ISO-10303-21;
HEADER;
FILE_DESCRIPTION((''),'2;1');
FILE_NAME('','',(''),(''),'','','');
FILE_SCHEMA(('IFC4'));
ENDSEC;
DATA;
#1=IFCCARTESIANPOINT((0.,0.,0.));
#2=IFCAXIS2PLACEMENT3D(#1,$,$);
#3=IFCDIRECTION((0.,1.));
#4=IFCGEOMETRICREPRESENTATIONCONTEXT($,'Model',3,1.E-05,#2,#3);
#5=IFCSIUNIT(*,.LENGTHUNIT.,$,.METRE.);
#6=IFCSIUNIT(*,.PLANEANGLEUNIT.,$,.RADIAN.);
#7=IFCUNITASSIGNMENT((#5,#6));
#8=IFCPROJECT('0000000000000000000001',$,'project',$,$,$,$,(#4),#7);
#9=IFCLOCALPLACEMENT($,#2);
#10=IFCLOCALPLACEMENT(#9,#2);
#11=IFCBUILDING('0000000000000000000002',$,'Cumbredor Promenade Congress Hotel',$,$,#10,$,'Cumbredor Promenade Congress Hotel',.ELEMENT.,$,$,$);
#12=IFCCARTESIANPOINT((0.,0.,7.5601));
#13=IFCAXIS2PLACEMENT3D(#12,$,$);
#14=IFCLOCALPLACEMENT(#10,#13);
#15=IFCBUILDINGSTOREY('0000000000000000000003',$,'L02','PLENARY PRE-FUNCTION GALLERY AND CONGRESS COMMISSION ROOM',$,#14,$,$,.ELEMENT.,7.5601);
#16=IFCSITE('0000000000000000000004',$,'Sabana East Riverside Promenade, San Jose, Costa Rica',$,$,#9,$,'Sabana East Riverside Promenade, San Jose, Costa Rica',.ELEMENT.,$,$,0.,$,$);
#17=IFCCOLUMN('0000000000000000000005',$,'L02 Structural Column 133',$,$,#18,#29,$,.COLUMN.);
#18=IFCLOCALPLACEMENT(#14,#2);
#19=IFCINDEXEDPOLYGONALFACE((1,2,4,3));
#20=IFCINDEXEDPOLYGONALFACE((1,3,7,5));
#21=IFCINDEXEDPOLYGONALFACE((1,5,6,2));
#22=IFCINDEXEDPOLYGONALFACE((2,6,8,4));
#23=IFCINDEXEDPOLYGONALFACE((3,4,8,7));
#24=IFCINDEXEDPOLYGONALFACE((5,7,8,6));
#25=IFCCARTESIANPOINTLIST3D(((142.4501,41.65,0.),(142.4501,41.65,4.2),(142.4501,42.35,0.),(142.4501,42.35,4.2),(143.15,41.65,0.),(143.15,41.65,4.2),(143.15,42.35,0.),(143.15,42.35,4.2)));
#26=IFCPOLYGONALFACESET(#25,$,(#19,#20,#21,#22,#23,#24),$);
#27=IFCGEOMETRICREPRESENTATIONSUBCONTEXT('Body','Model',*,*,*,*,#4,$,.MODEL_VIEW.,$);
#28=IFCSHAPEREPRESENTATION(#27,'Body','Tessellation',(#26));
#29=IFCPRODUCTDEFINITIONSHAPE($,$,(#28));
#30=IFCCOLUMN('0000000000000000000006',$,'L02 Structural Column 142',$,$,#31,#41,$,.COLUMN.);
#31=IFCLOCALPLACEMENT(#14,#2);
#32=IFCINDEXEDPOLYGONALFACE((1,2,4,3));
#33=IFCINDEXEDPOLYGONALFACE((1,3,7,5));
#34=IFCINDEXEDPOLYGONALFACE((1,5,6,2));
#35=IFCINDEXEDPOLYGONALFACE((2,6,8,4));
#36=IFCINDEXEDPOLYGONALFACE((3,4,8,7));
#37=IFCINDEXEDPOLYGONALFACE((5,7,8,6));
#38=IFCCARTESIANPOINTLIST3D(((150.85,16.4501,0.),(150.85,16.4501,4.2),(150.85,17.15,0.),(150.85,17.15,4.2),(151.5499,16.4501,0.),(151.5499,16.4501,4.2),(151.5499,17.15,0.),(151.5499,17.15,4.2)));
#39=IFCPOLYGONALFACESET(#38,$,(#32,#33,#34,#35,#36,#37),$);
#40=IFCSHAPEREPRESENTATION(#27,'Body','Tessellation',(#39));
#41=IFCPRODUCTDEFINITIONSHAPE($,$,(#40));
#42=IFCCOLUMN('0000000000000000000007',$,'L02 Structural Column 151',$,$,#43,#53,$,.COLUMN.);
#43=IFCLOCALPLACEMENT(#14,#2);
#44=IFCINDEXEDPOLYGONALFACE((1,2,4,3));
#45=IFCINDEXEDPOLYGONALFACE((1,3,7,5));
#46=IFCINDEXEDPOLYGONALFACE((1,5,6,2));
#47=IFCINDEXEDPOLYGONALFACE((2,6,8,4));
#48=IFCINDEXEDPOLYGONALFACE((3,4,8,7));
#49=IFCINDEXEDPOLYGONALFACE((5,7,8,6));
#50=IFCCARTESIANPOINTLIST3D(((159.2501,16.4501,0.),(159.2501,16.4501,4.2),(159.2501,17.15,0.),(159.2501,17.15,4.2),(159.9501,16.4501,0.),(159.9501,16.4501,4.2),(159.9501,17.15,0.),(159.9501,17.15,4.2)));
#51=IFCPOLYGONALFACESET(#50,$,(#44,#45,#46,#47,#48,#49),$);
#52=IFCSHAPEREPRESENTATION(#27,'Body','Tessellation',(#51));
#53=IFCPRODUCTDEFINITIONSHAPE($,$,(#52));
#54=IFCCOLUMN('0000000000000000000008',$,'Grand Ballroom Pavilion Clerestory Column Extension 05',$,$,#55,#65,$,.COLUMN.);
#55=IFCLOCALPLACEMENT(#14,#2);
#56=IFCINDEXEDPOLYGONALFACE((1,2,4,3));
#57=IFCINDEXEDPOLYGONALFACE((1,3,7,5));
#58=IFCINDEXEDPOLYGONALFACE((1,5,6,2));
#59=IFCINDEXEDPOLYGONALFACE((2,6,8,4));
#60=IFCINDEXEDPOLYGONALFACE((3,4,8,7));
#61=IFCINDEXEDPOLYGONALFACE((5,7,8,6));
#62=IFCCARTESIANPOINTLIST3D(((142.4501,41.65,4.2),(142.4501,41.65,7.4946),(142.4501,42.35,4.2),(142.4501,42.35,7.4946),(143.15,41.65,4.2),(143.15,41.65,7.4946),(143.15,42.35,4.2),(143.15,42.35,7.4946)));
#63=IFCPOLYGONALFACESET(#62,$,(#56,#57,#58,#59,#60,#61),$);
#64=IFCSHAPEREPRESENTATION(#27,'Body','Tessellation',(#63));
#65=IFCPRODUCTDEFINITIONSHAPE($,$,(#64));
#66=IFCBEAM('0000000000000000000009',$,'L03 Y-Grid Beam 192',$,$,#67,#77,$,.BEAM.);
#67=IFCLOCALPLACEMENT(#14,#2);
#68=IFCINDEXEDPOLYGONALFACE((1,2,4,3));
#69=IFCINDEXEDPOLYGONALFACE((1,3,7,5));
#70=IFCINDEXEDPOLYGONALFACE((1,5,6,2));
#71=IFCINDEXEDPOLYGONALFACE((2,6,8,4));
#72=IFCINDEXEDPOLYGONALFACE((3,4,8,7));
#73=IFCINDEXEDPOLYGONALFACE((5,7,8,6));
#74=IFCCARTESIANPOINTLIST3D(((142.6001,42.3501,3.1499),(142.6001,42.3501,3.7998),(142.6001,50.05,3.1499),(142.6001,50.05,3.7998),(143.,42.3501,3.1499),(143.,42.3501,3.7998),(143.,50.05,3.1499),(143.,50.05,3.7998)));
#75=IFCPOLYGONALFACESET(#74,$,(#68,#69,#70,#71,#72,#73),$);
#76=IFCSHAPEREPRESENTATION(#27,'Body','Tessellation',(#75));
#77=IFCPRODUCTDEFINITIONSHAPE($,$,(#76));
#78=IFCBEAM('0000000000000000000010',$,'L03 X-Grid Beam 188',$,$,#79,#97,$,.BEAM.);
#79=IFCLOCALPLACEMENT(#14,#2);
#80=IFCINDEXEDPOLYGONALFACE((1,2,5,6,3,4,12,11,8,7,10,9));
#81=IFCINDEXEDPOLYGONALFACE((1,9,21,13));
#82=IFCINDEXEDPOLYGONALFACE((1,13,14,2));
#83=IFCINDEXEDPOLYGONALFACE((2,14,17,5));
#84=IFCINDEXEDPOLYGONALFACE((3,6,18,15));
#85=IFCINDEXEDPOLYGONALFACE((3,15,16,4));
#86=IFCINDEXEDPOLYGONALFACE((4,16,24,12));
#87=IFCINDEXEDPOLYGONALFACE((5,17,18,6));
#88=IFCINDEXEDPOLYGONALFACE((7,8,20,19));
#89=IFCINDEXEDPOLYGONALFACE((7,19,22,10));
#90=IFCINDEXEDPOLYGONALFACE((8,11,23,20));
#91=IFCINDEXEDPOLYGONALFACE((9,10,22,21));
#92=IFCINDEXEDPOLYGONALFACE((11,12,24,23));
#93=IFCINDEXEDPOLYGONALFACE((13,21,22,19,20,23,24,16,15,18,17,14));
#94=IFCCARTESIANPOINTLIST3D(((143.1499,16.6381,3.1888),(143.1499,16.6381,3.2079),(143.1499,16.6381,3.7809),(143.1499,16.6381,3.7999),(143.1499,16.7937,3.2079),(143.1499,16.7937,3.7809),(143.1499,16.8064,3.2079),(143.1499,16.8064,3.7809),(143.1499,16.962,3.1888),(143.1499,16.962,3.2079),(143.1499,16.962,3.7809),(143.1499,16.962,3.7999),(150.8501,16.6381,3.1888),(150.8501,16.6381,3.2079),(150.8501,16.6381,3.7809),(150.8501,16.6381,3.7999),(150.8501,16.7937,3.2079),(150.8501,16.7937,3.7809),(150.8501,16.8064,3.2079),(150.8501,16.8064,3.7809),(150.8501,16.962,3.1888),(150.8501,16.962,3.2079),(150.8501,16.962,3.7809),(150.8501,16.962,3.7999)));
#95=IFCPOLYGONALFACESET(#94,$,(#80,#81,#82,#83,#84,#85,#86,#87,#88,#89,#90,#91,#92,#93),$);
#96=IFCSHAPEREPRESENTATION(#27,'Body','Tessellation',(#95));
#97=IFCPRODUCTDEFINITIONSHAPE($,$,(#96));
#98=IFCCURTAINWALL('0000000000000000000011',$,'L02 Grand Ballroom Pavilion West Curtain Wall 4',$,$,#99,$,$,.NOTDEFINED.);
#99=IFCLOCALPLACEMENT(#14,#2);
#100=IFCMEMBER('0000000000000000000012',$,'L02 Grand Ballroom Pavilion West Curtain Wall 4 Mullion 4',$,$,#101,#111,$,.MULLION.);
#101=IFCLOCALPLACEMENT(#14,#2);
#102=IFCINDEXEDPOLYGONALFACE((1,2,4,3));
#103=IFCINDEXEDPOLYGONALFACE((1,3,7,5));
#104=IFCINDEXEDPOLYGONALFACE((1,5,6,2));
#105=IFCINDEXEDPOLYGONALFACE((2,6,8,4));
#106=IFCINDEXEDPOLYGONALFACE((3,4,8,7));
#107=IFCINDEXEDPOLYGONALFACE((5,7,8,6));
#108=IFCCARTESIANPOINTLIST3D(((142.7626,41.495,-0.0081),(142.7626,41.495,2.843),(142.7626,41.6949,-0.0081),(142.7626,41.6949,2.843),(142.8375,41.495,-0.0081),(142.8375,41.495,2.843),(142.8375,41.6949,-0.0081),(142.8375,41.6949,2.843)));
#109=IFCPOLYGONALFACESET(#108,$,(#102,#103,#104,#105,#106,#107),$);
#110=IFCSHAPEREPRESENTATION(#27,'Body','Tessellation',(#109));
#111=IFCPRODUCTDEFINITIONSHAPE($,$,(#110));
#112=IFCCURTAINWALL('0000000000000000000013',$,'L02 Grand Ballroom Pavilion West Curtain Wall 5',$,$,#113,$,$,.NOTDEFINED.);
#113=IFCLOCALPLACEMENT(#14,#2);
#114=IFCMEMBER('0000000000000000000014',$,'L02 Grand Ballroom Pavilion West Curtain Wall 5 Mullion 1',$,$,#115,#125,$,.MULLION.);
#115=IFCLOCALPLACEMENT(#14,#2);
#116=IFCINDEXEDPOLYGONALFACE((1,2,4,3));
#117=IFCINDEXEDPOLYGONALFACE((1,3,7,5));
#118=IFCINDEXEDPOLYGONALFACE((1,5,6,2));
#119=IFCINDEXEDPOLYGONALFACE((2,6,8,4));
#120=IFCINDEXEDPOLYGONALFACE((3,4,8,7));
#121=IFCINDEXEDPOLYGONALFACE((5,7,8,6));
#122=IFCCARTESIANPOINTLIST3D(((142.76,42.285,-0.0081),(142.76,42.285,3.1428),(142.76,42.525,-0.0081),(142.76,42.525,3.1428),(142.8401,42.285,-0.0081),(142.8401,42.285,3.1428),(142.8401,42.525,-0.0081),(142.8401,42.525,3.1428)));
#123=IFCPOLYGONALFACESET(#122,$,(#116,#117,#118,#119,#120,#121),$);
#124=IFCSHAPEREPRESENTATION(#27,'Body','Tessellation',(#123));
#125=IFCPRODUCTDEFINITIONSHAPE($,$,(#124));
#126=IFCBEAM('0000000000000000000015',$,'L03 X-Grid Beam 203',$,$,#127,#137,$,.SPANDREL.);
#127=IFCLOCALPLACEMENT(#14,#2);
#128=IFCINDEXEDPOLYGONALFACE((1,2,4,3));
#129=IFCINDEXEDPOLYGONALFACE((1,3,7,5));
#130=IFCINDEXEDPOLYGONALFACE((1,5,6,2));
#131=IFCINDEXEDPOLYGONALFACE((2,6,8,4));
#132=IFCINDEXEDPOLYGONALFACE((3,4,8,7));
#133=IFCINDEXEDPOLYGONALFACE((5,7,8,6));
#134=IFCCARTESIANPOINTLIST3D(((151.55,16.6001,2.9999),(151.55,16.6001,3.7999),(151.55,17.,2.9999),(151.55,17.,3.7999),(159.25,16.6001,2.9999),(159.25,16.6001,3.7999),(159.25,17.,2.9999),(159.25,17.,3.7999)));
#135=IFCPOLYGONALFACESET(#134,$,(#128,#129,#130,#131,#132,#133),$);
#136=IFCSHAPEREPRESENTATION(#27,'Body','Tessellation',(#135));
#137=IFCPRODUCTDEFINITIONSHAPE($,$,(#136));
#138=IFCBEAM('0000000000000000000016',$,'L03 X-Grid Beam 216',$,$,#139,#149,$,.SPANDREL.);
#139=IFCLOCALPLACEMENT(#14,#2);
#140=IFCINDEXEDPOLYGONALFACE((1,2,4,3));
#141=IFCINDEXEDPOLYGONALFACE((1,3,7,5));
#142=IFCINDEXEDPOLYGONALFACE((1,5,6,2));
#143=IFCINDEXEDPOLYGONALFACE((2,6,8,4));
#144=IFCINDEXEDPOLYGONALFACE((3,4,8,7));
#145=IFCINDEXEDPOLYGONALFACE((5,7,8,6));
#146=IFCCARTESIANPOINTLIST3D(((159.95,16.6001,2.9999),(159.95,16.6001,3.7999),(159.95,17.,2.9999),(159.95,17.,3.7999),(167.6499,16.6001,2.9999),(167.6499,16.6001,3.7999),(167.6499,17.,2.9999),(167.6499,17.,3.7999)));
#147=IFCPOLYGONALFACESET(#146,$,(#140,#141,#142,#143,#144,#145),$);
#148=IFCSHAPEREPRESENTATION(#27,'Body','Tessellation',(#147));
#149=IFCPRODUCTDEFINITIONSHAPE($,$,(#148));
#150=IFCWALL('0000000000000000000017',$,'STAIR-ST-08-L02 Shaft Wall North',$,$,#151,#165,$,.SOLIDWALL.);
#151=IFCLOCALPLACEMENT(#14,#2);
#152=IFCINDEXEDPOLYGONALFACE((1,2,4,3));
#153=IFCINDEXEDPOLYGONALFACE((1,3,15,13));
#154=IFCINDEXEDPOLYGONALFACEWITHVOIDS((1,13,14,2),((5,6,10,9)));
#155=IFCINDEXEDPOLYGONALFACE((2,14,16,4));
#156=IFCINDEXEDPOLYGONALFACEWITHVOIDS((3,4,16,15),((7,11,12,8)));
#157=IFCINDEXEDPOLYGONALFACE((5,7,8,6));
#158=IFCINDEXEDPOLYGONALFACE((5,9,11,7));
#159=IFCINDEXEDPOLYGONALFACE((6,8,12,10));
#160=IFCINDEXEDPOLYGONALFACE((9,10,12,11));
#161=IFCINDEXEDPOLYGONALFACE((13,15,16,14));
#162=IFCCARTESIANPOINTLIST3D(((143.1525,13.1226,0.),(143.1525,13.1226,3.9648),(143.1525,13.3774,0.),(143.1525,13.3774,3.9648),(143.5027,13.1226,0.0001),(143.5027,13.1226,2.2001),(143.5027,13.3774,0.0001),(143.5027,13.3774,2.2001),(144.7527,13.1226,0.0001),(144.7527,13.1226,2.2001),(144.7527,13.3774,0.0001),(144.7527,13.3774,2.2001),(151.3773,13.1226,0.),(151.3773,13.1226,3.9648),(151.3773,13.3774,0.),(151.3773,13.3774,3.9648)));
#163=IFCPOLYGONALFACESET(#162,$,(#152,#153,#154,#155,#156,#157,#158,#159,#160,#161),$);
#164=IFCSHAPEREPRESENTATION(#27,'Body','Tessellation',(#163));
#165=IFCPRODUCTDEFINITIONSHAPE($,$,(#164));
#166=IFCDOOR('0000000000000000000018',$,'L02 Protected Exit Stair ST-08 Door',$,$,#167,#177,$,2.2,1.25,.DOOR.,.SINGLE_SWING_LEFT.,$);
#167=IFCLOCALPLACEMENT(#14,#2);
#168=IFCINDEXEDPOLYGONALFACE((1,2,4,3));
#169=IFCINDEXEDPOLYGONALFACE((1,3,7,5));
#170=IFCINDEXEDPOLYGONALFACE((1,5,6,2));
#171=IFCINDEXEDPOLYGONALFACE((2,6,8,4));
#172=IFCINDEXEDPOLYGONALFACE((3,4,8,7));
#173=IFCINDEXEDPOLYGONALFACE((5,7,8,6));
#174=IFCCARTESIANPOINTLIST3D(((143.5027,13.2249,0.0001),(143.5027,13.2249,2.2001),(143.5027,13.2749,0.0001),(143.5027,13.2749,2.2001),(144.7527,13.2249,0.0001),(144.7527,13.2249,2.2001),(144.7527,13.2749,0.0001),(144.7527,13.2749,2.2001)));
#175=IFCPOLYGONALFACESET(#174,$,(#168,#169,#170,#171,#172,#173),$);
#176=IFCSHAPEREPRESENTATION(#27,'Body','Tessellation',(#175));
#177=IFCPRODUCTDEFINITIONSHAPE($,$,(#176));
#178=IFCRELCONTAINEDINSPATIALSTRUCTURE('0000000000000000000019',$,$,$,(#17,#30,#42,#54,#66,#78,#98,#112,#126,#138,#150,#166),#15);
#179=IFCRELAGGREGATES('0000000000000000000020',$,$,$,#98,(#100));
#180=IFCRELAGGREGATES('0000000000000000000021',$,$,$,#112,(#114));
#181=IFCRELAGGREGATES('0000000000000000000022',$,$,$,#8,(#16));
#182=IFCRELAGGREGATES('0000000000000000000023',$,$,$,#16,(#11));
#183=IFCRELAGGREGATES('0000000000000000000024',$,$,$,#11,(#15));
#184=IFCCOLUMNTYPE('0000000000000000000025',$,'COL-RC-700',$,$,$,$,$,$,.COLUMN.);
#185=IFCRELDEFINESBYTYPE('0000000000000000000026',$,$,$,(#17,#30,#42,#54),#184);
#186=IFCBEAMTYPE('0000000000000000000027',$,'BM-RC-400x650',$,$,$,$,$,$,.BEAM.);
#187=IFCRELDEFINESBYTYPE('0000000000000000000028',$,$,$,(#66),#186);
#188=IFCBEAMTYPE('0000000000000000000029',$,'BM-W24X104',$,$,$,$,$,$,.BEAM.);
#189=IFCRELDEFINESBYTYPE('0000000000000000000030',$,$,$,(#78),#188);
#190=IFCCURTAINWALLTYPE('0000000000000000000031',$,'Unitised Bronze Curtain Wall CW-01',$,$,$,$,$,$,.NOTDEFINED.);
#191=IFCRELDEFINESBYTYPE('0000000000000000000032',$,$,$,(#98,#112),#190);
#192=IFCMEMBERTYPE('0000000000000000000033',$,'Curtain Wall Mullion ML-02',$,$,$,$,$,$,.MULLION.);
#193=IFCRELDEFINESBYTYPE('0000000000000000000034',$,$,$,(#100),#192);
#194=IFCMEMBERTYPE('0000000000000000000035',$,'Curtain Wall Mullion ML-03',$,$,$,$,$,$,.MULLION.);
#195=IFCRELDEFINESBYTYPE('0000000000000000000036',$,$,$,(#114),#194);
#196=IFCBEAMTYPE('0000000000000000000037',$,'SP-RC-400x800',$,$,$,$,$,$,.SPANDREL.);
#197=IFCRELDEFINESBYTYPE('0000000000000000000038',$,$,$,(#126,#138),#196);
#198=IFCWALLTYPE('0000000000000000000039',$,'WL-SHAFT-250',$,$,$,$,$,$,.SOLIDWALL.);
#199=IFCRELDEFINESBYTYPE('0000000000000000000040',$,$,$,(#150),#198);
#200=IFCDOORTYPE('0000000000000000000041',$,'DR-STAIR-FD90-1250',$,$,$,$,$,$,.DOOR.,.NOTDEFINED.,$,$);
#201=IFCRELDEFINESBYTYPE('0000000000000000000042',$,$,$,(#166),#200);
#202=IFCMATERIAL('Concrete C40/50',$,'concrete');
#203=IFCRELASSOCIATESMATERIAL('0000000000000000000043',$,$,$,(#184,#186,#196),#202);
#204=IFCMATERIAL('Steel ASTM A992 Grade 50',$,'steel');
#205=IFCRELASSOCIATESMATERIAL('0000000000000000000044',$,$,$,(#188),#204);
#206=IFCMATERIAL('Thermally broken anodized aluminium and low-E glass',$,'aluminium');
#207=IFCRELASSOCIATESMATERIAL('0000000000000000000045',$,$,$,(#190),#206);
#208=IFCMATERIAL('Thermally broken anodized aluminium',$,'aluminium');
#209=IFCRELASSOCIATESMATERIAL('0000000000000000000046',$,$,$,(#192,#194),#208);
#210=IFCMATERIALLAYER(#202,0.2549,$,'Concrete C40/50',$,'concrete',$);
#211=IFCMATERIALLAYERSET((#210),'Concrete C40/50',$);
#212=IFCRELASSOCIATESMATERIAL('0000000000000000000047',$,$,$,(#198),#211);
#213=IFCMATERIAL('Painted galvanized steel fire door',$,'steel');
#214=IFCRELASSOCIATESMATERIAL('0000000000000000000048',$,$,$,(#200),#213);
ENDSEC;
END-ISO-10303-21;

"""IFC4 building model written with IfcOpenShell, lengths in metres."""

from ifc_helpers import new_model, si_unit, direction, frame, frame_2d, origin, origin_2d, place, context, subcontext, project, spatial, rectangle, i_section, extrude, material, layer, layer_set, material_profile, profile_set, type_object, element, fill, aggregate, save


model = new_model("IFC4")

# Units and contexts
model_context = context("Model", 3, precision=1e-05, world=origin(), true_north=direction((0.0, 1.0)))
body_context = subcontext(model_context, "Body", "Model", "MODEL_VIEW")
ifc_project = project(units=[si_unit("LENGTHUNIT", "METRE"), si_unit("PLANEANGLEUNIT", "RADIAN")], contexts=[model_context])

# Site, building, storey
site_placement = place(None, origin())
site = spatial("IfcSite", under=ifc_project, at=site_placement, Name="Sabana East Riverside Promenade, San Jose, Costa Rica", LongName="Sabana East Riverside Promenade, San Jose, Costa Rica", CompositionType="ELEMENT", RefElevation=0.0)
building_placement = place(site_placement, origin())
building = spatial("IfcBuilding", under=site, at=building_placement, Name="Cumbredor Promenade Congress Hotel", LongName="Cumbredor Promenade Congress Hotel", CompositionType="ELEMENT")
storey_placement = place(building_placement, frame((0.0, 0.0, 7.5601)))
storey = spatial("IfcBuildingStorey", under=building, at=storey_placement, Name="L02", Description="PLENARY PRE-FUNCTION GALLERY AND CONGRESS COMMISSION ROOM", CompositionType="ELEMENT", Elevation=7.5601)

# Columns
ifc_material_1 = material(Name="Concrete C40/50", Category="concrete")
ifc_material_profile_1 = material_profile(ifc_material_1, rectangle(XDim=0.7, YDim=0.7, at=origin_2d()), Name="RC 700x700")
ifc_profile_set_1 = profile_set([ifc_material_profile_1], Name="Concrete C40/50")
column_type = type_object("IfcColumnType", Name="COL-RC-700", PredefinedType="COLUMN", material=ifc_profile_set_1)
for number, where, z_axis, x_axis, name in (
    (1, (142.8, 42.0, 0.0), (0.0, 0.0, 1.0), (1.0, 0.0, 0.0), "L02 Structural Column 133"),
    (2, (151.2, 16.8, 0.0), (0.0, 0.0, 1.0), (1.0, 0.0, 0.0), "L02 Structural Column 142"),
    (3, (159.6001, 16.8, 0.0), (0.0, 0.0, 1.0), (1.0, 0.0, 0.0), "L02 Structural Column 151"),
):
    element("IfcColumn", number, at=place(storey_placement, frame(where, z_axis=z_axis, x_axis=x_axis)), inside=storey, type_object=column_type, Name=name, PredefinedType="COLUMN", context=body_context, shape_type="SweptSolid", body=[
        extrude(rectangle(XDim=0.7, YDim=0.7, at=origin_2d()), origin(), (0.0, 0.0, 1.0), 4.2),
    ])
column_placement = place(storey_placement, frame((142.8, 42.0, 4.2), z_axis=(0.0, 0.0, 1.0), x_axis=(1.0, 0.0, 0.0)))
element("IfcColumn", 4, at=column_placement, inside=storey, type_object=column_type, Name="Grand Ballroom Pavilion Clerestory Column Extension 05", PredefinedType="COLUMN", context=body_context, shape_type="SweptSolid", body=[
    extrude(rectangle(XDim=0.7, YDim=0.7, at=origin_2d()), origin(), (0.0, 0.0, 1.0), 3.2947),
])

# Beams
ifc_material_profile_2 = material_profile(ifc_material_1, rectangle(XDim=0.3999, YDim=0.6499, at=origin_2d()), Name="RC BEAM 400x650")
ifc_profile_set_2 = profile_set([ifc_material_profile_2], Name="Concrete C40/50")
beam_type_1 = type_object("IfcBeamType", Name="BM-RC-400x650", PredefinedType="BEAM", material=ifc_profile_set_2)
beam_1_placement = place(storey_placement, frame((142.8, 42.3501, 3.4749), z_axis=(0.0, 1.0, 0.0), x_axis=(-1.0, 0.0, 0.0)))
element("IfcBeam", 5, at=beam_1_placement, inside=storey, type_object=beam_type_1, Name="L03 Y-Grid Beam 192", PredefinedType="BEAM", context=body_context, shape_type="SweptSolid", body=[
    extrude(rectangle(XDim=0.3999, YDim=0.6499, at=origin_2d()), origin(), (0.0, 0.0, 1.0), 7.7),
])
ifc_material_2 = material(Name="Steel ASTM A992 Grade 50", Category="steel")
ifc_material_profile_3 = material_profile(ifc_material_2, i_section(OverallWidth=0.324, OverallDepth=0.6111, WebThickness=0.0127, FlangeThickness=0.019, at=origin_2d()), Name="W24X104")
ifc_profile_set_3 = profile_set([ifc_material_profile_3], Name="Steel ASTM A992 Grade 50")
beam_type_2 = type_object("IfcBeamType", Name="BM-W24X104", PredefinedType="BEAM", material=ifc_profile_set_3)
beam_2_placement = place(storey_placement, frame((143.1499, 16.8, 3.4944), z_axis=(1.0, 0.0, 0.0), x_axis=(0.0, 1.0, 0.0)))
element("IfcBeam", 6, at=beam_2_placement, inside=storey, type_object=beam_type_2, Name="L03 X-Grid Beam 188", PredefinedType="BEAM", context=body_context, shape_type="SweptSolid", body=[
    extrude(i_section(OverallWidth=0.324, OverallDepth=0.6111, WebThickness=0.0127, FlangeThickness=0.019, at=origin_2d()), origin(), (0.0, 0.0, 1.0), 7.7002),
])

# Curtain walls, members
ifc_material_3 = material(Name="Thermally broken anodized aluminium and low-E glass", Category="aluminium")
curtain_wall_type = type_object("IfcCurtainWallType", Name="Unitised Bronze Curtain Wall CW-01", PredefinedType="NOTDEFINED", material=ifc_material_3)
curtain_wall_1_placement = place(storey_placement, origin())
curtain_wall_1 = element("IfcCurtainWall", 7, at=curtain_wall_1_placement, inside=storey, type_object=curtain_wall_type, Name="L02 Grand Ballroom Pavilion West Curtain Wall 4", PredefinedType="NOTDEFINED")
ifc_material_4 = material(Name="Thermally broken anodized aluminium", Category="aluminium")
ifc_material_profile_4 = material_profile(ifc_material_4, rectangle(XDim=0.075, YDim=0.2, at=origin_2d()), Name="ALU MULLION 75x200")
ifc_profile_set_4 = profile_set([ifc_material_profile_4], Name="Thermally broken anodized aluminium")
member_type_1 = type_object("IfcMemberType", Name="Curtain Wall Mullion ML-02", PredefinedType="MULLION", material=ifc_profile_set_4)
member_1_placement = place(storey_placement, frame((142.8, 41.595, -0.0081), z_axis=(0.0, 0.0, 1.0), x_axis=(1.0, 0.0, 0.0)))
member_1 = element("IfcMember", 8, at=member_1_placement, type_object=member_type_1, Name="L02 Grand Ballroom Pavilion West Curtain Wall 4 Mullion 4", PredefinedType="MULLION", context=body_context, shape_type="SweptSolid", body=[
    extrude(rectangle(XDim=0.075, YDim=0.2, at=origin_2d()), origin(), (0.0, 0.0, 1.0), 2.8511),
])
aggregate(curtain_wall_1, [member_1])
curtain_wall_2_placement = place(storey_placement, origin())
curtain_wall_2 = element("IfcCurtainWall", 9, at=curtain_wall_2_placement, inside=storey, type_object=curtain_wall_type, Name="L02 Grand Ballroom Pavilion West Curtain Wall 5", PredefinedType="NOTDEFINED")
ifc_material_profile_5 = material_profile(ifc_material_4, rectangle(XDim=0.0801, YDim=0.24, at=origin_2d()), Name="ALU MULLION 80x240")
ifc_profile_set_5 = profile_set([ifc_material_profile_5], Name="Thermally broken anodized aluminium")
member_type_2 = type_object("IfcMemberType", Name="Curtain Wall Mullion ML-03", PredefinedType="MULLION", material=ifc_profile_set_5)
member_2_placement = place(storey_placement, frame((142.8, 42.405, -0.0081), z_axis=(0.0, 0.0, 1.0), x_axis=(1.0, 0.0, 0.0)))
member_2 = element("IfcMember", 10, at=member_2_placement, type_object=member_type_2, Name="L02 Grand Ballroom Pavilion West Curtain Wall 5 Mullion 1", PredefinedType="MULLION", context=body_context, shape_type="SweptSolid", body=[
    extrude(rectangle(XDim=0.0801, YDim=0.24, at=origin_2d()), origin(), (0.0, 0.0, 1.0), 3.1509),
])
aggregate(curtain_wall_2, [member_2])

# Beams
ifc_material_profile_6 = material_profile(ifc_material_1, rectangle(XDim=0.3999, YDim=0.8, at=origin_2d()), Name="RC SPANDREL 400x800")
ifc_profile_set_6 = profile_set([ifc_material_profile_6], Name="Concrete C40/50")
beam_type_3 = type_object("IfcBeamType", Name="SP-RC-400x800", PredefinedType="SPANDREL", material=ifc_profile_set_6)
for number, where, z_axis, x_axis, name in (
    (11, (151.55, 16.8, 3.3999), (1.0, 0.0, 0.0), (0.0, 1.0, 0.0), "L03 X-Grid Beam 203"),
    (12, (159.95, 16.8, 3.3999), (1.0, 0.0, 0.0), (0.0, 1.0, 0.0), "L03 X-Grid Beam 216"),
):
    element("IfcBeam", number, at=place(storey_placement, frame(where, z_axis=z_axis, x_axis=x_axis)), inside=storey, type_object=beam_type_3, Name=name, PredefinedType="SPANDREL", context=body_context, shape_type="SweptSolid", body=[
        extrude(rectangle(XDim=0.3999, YDim=0.8, at=origin_2d()), origin(), (0.0, 0.0, 1.0), 7.7),
    ])

# Wall, opening, door
ifc_layer = layer(ifc_material_1, 0.2549, Name="Concrete C40/50", Category="concrete")
ifc_layer_set = layer_set([ifc_layer], Name="Concrete C40/50")
wall_type = type_object("IfcWallType", Name="WL-SHAFT-250", PredefinedType="SOLIDWALL", material=ifc_layer_set)
wall_1_placement = place(storey_placement, frame((143.1526, 13.25, 0.0), z_axis=(0.0, 0.0, 1.0), x_axis=(1.0, 0.0, 0.0)))
wall_1 = element("IfcWall", 13, at=wall_1_placement, inside=storey, type_object=wall_type, Name="STAIR-ST-08-L02 Shaft Wall North", PredefinedType="SOLIDWALL", context=body_context, shape_type="SweptSolid", body=[
    extrude(rectangle(XDim=8.2249, YDim=0.2549, at=frame_2d((4.1123, 0.0))), origin(), (0.0, 0.0, 1.0), 3.9648),
])
opening_1_placement = place(wall_1_placement, frame((0.3501, 0.0, 0.0)))
opening_1 = element("IfcOpeningElement", 14, at=opening_1_placement, cuts=wall_1, PredefinedType="OPENING", context=body_context, shape_type="SweptSolid", body=[
    extrude(rectangle(XDim=1.25, YDim=2.2, at=frame_2d((0.625, 1.1001))), frame((0.0, 0.1375, 0.0), z_axis=(0.0, -1.0, 0.0), x_axis=(1.0, 0.0, 0.0)), (0.0, 0.0, 1.0), 0.2749),
])
ifc_material_5 = material(Name="Painted galvanized steel fire door", Category="steel")
door_type_1 = type_object("IfcDoorType", Name="DR-STAIR-FD90-1250", OperationType="NOTDEFINED", PredefinedType="DOOR", material=ifc_material_5)
door_1_placement = place(opening_1_placement, origin())
door_1 = element("IfcDoor", 15, at=door_1_placement, inside=storey, type_object=door_type_1, Name="L02 Protected Exit Stair ST-08 Door", OperationType="SINGLE_SWING_LEFT", OverallHeight=2.2, OverallWidth=1.25, PredefinedType="DOOR", context=body_context, shape_type="SweptSolid", body=[
    extrude(rectangle(XDim=1.25, YDim=2.2, at=frame_2d((0.625, 1.1001))), frame((0.0, 0.0249, 0.0), z_axis=(0.0, -1.0, 0.0), x_axis=(1.0, 0.0, 0.0)), (0.0, 0.0, 1.0), 0.05),
])
fill(opening_1, door_1)

save(model, "model.ifc")
